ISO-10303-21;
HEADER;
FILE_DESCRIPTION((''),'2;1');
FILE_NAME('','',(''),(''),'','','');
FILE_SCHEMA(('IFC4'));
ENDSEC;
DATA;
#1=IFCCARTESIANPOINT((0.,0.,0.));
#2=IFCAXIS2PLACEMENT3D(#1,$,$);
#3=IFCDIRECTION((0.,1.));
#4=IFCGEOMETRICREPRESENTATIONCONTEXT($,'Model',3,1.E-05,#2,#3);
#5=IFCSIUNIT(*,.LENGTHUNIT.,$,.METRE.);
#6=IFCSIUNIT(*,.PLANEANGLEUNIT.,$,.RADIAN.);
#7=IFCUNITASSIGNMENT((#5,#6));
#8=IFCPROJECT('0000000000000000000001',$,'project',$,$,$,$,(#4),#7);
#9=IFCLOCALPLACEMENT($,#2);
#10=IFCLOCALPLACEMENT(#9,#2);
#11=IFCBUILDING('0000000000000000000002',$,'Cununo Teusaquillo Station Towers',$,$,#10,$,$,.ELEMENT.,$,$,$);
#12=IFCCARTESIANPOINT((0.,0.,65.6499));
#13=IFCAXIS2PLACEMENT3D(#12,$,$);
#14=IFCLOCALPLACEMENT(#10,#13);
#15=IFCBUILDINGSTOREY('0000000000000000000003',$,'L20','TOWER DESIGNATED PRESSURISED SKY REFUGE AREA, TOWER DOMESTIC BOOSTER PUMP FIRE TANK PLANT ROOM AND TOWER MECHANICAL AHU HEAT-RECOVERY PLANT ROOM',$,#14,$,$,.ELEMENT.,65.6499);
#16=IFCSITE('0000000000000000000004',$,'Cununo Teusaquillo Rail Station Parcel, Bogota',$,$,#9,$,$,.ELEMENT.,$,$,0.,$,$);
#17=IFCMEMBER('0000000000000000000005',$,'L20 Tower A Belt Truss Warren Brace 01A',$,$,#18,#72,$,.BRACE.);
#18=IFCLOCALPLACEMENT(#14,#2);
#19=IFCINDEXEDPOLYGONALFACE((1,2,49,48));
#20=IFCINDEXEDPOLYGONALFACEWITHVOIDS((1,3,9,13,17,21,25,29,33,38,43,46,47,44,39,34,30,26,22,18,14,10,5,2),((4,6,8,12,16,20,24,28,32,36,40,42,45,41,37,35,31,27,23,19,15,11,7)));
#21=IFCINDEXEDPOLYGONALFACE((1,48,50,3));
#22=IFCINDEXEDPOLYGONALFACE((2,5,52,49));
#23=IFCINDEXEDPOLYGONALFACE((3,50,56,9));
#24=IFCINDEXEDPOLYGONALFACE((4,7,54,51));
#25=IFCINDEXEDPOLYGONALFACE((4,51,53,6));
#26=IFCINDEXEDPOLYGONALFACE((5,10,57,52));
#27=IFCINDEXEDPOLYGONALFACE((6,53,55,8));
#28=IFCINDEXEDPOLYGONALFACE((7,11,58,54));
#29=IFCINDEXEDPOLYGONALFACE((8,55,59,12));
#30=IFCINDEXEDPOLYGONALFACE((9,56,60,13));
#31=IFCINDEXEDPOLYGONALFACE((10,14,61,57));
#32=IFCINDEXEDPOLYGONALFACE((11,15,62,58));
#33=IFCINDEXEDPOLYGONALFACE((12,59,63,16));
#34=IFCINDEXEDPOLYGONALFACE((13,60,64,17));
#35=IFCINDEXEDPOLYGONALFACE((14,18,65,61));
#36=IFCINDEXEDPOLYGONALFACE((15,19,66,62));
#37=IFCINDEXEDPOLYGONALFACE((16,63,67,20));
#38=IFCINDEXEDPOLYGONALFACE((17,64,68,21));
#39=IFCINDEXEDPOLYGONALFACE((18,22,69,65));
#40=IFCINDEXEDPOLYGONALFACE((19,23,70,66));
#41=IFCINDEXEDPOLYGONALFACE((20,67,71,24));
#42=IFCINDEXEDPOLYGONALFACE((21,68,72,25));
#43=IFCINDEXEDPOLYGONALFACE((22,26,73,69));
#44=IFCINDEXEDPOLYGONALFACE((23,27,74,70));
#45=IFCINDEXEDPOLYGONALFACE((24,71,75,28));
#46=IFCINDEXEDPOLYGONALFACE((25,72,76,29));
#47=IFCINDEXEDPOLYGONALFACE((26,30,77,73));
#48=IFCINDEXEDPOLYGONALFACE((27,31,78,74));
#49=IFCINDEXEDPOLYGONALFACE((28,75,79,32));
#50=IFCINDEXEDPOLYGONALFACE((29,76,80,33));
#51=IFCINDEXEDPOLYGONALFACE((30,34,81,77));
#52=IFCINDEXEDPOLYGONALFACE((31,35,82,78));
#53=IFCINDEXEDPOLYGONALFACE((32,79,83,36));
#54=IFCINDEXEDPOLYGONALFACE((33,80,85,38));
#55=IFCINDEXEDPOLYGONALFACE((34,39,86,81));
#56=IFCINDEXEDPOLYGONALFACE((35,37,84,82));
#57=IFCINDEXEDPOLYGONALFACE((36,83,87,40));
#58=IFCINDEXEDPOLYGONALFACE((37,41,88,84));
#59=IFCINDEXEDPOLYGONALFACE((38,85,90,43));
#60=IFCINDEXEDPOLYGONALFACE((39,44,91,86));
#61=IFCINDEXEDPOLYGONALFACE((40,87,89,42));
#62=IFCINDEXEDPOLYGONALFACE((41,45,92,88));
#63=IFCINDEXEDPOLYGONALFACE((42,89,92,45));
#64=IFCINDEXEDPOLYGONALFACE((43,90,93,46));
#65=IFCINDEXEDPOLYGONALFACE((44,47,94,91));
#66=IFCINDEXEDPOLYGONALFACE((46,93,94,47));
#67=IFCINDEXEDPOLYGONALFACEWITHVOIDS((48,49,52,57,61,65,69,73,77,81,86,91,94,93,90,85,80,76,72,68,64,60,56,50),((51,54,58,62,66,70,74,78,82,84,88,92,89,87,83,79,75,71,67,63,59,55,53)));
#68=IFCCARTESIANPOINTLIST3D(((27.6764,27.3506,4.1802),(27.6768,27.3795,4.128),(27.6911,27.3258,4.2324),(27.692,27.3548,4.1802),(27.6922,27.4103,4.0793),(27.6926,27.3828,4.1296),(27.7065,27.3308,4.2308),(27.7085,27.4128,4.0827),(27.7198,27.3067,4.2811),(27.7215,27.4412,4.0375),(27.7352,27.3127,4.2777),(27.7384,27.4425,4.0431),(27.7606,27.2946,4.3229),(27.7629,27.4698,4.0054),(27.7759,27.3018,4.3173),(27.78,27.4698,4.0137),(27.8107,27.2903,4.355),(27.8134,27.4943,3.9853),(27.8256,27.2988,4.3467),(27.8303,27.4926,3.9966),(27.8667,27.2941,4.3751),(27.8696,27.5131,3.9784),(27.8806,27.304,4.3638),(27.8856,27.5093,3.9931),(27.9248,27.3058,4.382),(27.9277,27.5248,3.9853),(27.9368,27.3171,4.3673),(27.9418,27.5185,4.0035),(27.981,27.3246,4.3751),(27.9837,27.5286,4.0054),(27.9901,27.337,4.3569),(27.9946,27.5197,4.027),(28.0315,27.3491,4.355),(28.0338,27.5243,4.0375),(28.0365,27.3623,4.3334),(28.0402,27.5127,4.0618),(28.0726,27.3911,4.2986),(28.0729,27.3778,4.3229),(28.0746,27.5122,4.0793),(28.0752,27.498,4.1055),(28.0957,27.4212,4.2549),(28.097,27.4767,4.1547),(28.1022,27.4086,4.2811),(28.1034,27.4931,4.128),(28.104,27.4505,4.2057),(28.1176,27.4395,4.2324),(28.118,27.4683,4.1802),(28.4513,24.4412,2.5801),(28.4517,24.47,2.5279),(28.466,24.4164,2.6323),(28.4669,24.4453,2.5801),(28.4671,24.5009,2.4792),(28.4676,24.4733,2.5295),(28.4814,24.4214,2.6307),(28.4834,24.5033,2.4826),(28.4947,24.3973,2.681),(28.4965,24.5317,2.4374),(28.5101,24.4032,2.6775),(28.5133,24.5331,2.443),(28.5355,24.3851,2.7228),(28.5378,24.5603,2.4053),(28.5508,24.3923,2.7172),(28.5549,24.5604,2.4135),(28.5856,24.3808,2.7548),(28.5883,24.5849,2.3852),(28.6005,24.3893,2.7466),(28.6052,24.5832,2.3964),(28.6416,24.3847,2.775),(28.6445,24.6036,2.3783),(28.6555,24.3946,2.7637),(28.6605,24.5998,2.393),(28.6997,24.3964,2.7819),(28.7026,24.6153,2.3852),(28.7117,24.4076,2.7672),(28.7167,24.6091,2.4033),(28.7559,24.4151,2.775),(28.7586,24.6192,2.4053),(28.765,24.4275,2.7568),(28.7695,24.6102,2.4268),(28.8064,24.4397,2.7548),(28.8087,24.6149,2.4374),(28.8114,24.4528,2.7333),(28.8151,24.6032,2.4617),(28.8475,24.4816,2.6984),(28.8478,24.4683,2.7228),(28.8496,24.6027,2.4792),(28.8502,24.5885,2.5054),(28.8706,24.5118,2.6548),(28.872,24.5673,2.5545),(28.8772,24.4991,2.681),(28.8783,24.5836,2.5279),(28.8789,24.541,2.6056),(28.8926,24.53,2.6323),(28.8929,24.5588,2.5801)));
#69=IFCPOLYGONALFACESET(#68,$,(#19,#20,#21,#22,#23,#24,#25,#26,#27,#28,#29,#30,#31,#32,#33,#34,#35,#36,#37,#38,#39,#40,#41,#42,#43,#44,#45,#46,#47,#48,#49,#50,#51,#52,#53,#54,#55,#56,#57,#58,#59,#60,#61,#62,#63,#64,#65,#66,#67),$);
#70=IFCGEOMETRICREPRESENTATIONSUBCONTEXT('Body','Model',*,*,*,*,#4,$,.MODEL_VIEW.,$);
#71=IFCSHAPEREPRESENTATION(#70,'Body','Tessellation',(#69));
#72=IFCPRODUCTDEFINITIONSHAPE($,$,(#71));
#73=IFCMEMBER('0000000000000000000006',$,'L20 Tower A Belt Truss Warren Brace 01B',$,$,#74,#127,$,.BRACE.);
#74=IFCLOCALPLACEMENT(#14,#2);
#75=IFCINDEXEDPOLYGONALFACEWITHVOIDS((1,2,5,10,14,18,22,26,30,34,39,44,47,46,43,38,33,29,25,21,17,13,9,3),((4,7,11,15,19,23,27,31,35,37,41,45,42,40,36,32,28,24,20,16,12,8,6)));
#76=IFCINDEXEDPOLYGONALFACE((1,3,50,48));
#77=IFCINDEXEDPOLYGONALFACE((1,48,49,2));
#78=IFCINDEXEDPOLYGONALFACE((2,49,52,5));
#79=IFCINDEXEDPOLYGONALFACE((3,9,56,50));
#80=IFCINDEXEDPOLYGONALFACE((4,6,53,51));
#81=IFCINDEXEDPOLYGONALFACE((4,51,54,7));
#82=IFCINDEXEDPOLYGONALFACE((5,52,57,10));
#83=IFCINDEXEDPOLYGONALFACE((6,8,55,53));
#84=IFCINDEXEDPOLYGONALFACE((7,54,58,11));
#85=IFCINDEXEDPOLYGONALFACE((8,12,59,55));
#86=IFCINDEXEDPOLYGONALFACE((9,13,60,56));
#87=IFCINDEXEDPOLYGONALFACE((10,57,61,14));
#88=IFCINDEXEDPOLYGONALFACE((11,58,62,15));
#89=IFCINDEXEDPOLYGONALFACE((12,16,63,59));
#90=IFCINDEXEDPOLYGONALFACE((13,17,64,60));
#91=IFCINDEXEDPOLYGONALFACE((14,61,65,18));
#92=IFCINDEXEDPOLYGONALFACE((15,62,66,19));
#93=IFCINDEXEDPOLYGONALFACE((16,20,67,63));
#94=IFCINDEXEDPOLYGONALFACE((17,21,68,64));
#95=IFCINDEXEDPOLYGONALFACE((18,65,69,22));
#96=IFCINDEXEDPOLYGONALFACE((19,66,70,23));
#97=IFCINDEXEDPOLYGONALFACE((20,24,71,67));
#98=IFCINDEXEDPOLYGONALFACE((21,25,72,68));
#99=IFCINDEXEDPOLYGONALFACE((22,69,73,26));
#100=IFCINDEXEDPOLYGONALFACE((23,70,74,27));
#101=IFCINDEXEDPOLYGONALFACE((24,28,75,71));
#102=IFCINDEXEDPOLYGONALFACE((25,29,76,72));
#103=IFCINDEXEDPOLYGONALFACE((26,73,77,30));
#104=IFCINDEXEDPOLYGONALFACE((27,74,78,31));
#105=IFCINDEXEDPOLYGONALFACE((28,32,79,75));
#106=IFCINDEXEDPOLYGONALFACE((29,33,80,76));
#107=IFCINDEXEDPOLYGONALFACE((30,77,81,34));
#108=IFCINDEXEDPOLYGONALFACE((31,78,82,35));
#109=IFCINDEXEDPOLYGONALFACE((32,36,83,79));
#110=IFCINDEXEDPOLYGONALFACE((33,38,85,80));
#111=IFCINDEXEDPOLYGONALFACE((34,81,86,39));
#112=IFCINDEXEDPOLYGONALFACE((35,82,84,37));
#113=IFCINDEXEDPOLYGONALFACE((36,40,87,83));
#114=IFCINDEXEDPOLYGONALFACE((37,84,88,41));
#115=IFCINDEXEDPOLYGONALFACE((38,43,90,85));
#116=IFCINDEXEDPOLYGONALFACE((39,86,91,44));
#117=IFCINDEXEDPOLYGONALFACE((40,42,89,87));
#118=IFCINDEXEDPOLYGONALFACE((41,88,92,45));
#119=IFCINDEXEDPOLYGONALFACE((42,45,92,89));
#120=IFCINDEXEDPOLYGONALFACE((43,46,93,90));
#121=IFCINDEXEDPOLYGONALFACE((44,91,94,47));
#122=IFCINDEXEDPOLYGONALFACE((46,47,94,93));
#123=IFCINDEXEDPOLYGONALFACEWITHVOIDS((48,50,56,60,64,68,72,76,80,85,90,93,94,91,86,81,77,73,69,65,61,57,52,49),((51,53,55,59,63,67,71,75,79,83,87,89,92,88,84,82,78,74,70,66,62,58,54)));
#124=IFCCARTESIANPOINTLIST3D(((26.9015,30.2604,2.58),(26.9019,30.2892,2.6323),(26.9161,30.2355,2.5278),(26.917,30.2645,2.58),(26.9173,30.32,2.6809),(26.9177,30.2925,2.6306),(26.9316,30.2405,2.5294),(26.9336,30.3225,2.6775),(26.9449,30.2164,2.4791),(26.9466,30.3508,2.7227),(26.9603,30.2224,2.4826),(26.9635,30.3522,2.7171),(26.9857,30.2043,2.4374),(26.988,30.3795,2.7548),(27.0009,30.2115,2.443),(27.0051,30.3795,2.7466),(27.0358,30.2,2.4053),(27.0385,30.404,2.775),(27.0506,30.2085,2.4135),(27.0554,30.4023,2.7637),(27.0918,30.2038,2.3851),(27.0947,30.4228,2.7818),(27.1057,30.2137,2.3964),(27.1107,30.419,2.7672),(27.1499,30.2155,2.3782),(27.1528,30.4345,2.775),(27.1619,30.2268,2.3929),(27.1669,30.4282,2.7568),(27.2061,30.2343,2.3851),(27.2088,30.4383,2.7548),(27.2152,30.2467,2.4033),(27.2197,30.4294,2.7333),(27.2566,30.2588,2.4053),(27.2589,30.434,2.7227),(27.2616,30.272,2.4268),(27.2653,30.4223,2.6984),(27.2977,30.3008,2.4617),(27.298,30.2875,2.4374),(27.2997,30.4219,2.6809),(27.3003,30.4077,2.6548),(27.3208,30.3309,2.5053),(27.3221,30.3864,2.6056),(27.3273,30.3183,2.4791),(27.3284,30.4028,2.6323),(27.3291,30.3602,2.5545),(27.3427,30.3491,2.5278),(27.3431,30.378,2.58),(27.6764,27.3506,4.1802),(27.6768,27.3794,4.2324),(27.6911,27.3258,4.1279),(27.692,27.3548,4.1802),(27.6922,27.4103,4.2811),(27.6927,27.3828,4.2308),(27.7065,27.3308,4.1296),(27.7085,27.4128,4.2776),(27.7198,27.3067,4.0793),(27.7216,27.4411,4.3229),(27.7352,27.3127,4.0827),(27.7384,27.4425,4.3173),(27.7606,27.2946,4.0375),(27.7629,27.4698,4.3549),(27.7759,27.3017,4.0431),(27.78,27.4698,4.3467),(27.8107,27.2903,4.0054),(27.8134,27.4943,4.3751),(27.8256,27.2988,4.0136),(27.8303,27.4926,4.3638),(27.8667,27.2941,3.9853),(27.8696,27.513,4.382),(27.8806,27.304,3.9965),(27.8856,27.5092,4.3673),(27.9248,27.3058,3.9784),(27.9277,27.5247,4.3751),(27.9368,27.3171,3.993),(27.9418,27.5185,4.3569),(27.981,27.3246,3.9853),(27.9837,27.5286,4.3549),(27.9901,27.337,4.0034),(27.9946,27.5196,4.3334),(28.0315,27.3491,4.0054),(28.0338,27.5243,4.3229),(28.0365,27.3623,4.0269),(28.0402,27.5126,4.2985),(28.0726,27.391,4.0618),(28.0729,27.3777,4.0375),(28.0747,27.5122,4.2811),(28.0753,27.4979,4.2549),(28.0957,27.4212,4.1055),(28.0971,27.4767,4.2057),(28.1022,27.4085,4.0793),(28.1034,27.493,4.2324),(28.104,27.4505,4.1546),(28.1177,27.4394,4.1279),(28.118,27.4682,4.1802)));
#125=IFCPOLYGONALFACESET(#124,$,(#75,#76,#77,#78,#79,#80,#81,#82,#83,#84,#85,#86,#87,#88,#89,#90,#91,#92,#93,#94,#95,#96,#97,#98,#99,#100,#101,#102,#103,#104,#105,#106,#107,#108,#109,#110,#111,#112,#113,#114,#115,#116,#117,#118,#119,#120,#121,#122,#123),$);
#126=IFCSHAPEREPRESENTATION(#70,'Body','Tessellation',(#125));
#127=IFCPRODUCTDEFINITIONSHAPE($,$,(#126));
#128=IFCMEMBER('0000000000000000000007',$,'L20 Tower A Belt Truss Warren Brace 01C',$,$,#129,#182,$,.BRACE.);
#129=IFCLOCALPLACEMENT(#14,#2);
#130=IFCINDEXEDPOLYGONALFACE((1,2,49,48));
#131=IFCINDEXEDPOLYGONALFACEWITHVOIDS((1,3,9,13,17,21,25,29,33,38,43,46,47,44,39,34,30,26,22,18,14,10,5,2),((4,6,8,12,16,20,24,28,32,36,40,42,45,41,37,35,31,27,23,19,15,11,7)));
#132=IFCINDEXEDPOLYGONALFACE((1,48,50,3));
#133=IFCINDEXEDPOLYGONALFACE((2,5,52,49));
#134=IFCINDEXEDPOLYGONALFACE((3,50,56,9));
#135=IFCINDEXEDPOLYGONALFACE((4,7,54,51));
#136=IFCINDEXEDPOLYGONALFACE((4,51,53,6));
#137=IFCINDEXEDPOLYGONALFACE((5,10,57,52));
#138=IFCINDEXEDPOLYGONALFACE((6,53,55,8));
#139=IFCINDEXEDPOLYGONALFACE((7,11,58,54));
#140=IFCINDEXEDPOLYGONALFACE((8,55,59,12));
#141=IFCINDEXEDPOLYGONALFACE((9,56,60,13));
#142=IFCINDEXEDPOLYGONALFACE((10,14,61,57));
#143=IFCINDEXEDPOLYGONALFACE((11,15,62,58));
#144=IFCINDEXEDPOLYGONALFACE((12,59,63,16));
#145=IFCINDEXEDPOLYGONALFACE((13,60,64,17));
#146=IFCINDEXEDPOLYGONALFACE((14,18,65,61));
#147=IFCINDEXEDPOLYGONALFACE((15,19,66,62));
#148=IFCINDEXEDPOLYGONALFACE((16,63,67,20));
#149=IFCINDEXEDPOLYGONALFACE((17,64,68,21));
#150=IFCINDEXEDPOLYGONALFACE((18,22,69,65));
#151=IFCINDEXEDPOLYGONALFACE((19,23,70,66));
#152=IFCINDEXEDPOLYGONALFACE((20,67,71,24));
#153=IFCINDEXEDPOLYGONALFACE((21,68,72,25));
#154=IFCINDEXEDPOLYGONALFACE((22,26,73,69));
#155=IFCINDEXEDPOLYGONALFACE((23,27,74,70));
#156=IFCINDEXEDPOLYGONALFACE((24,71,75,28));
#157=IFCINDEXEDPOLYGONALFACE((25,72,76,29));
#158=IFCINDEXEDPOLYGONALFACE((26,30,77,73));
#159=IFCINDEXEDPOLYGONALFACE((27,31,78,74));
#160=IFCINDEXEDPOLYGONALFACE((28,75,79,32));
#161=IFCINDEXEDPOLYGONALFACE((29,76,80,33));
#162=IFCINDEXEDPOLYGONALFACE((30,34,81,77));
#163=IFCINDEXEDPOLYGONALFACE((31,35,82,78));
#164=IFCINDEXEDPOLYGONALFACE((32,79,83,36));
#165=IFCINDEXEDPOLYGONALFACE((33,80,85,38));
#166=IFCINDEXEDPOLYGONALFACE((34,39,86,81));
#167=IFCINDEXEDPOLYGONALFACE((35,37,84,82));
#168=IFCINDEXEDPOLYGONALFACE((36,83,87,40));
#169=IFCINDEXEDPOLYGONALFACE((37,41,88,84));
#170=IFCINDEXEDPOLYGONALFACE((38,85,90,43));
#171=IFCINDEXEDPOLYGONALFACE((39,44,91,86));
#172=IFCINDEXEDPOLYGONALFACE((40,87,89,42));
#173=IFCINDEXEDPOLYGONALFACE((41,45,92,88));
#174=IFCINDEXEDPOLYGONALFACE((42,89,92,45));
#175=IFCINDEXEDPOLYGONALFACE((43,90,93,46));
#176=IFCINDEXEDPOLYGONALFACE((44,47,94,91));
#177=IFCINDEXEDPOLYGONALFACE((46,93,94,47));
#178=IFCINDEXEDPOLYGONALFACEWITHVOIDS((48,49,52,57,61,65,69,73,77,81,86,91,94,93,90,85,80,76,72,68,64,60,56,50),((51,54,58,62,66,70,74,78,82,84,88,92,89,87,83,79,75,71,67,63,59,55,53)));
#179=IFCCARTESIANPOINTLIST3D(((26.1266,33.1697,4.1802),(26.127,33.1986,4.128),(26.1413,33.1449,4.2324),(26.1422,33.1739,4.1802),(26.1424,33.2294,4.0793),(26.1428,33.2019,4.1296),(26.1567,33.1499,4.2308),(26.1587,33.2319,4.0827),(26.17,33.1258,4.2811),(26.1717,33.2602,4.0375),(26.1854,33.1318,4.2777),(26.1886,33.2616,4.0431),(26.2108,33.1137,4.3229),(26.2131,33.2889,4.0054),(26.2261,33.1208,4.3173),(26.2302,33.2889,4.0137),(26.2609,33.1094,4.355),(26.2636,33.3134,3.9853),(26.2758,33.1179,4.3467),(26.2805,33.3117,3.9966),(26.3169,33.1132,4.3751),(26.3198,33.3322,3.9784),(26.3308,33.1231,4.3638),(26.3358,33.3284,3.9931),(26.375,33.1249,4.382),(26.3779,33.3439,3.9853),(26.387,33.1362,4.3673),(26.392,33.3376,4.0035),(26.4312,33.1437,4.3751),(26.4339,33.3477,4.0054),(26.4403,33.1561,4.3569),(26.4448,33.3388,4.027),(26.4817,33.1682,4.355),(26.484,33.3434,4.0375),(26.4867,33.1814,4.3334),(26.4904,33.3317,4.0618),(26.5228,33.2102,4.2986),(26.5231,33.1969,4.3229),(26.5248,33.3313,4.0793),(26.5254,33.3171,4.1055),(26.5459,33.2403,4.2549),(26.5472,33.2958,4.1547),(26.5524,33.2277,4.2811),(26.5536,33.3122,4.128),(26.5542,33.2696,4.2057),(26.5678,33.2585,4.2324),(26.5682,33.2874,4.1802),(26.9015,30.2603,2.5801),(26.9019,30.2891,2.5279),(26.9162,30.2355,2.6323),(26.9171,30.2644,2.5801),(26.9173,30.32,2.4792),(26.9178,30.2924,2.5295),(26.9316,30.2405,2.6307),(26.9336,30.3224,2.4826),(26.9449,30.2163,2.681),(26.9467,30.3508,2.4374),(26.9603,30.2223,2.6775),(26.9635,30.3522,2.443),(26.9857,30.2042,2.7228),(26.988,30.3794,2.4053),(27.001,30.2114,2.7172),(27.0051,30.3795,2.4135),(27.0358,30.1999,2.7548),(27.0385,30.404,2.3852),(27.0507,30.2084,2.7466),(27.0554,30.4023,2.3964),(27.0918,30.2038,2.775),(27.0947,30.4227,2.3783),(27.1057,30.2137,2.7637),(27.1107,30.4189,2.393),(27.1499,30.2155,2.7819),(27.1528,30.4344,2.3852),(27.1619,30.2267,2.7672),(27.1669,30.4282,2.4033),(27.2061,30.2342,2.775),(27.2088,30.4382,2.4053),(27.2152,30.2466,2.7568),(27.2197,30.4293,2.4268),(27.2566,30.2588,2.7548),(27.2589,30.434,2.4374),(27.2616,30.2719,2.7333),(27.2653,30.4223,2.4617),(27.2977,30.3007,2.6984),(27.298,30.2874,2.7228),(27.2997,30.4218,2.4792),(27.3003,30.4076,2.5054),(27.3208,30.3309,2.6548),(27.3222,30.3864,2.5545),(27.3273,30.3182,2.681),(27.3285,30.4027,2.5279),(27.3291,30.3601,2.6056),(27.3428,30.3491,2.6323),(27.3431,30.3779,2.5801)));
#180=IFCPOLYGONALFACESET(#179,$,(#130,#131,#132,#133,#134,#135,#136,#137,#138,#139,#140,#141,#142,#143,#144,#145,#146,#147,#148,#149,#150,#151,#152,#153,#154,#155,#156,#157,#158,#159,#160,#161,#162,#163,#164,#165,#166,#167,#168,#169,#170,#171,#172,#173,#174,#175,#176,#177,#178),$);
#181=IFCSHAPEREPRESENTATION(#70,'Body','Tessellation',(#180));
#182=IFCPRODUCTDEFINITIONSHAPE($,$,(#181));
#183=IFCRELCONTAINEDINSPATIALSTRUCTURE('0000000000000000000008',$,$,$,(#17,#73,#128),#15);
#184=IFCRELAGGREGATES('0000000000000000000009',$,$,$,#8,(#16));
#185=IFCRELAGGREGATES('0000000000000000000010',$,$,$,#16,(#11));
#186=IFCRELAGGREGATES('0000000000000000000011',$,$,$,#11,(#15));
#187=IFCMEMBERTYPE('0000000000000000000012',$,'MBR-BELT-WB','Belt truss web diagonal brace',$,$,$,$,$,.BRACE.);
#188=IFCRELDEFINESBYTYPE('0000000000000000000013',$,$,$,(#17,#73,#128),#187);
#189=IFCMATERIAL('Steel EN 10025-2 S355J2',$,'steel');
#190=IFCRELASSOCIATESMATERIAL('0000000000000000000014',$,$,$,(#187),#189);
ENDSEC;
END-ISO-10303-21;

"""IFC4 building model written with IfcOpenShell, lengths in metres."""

from ifc_helpers import new_model, si_unit, direction, frame, origin, origin_2d, place, context, subcontext, project, spatial, hollow_circle, extrude, material, material_profile, profile_set, type_object, element, save


model = new_model("IFC4")

# Units and contexts
model_context = context("Model", 3, precision=1e-05, world=origin(), true_north=direction((0.0, 1.0)))
body_context = subcontext(model_context, "Body", "Model", "MODEL_VIEW")
ifc_project = project(units=[si_unit("LENGTHUNIT", "METRE"), si_unit("PLANEANGLEUNIT", "RADIAN")], contexts=[model_context])

# Site, building, storey
site_placement = place(None, origin())
site = spatial("IfcSite", under=ifc_project, at=site_placement, Name="Cununo Teusaquillo Rail Station Parcel, Bogota", CompositionType="ELEMENT", RefElevation=0.0)
building_placement = place(site_placement, origin())
building = spatial("IfcBuilding", under=site, at=building_placement, Name="Cununo Teusaquillo Station Towers", CompositionType="ELEMENT")
storey_placement = place(building_placement, frame((0.0, 0.0, 65.6499)))
storey = spatial("IfcBuildingStorey", under=building, at=storey_placement, Name="L20", Description="TOWER DESIGNATED PRESSURISED SKY REFUGE AREA, TOWER DOMESTIC BOOSTER PUMP FIRE TANK PLANT ROOM AND TOWER MECHANICAL AHU HEAT-RECOVERY PLANT ROOM", CompositionType="ELEMENT", Elevation=65.6499)

# Members
ifc_material_1 = material(Name="Steel EN 10025-2 S355J2", Category="steel")
ifc_material_profile_1 = material_profile(ifc_material_1, hollow_circle(Radius=0.2285, WallThickness=0.0161, at=origin_2d()), Name="CHS 457x16")
ifc_profile_set_1 = profile_set([ifc_material_profile_1], Name="Steel EN 10025-2 S355J2")
member_type_1 = type_object("IfcMemberType", Name="MBR-BELT-WB", Description="Belt truss web diagonal brace", PredefinedType="BRACE", material=ifc_profile_set_1)
member_1_placement = place(storey_placement, frame((28.6721, 24.5, 2.5801), z_axis=(-0.227269, 0.853298, 0.469289), x_axis=(-0.966313, -0.25737, 0.0)))
element("IfcMember", 1, at=member_1_placement, inside=storey, type_object=member_type_1, Name="L20 Tower A Belt Truss Warren Brace 01A", PredefinedType="BRACE", context=body_context, shape_type="SweptSolid", body=[
    extrude(hollow_circle(Radius=0.2285, WallThickness=0.0161, at=origin_2d()), origin(), (0.0, 0.0, 1.0), 3.4097),
])
member_2_placement = place(storey_placement, frame((27.8972, 27.4094, 4.1802), z_axis=(-0.227255, 0.853317, -0.46926), x_axis=(-0.966318, -0.25735, 0.0)))
element("IfcMember", 2, at=member_2_placement, inside=storey, type_object=member_type_1, Name="L20 Tower A Belt Truss Warren Brace 01B", PredefinedType="BRACE", context=body_context, shape_type="SweptSolid", body=[
    extrude(hollow_circle(Radius=0.2285, WallThickness=0.0161, at=origin_2d()), origin(), (0.0, 0.0, 1.0), 3.4099),
])
member_3_placement = place(storey_placement, frame((27.1223, 30.3191, 2.5801), z_axis=(-0.227269, 0.853298, 0.469289), x_axis=(-0.966313, -0.25737, 0.0)))
element("IfcMember", 3, at=member_3_placement, inside=storey, type_object=member_type_1, Name="L20 Tower A Belt Truss Warren Brace 01C", PredefinedType="BRACE", context=body_context, shape_type="SweptSolid", body=[
    extrude(hollow_circle(Radius=0.2285, WallThickness=0.0161, at=origin_2d()), origin(), (0.0, 0.0, 1.0), 3.4097),
])

save(model, "model.ifc")
